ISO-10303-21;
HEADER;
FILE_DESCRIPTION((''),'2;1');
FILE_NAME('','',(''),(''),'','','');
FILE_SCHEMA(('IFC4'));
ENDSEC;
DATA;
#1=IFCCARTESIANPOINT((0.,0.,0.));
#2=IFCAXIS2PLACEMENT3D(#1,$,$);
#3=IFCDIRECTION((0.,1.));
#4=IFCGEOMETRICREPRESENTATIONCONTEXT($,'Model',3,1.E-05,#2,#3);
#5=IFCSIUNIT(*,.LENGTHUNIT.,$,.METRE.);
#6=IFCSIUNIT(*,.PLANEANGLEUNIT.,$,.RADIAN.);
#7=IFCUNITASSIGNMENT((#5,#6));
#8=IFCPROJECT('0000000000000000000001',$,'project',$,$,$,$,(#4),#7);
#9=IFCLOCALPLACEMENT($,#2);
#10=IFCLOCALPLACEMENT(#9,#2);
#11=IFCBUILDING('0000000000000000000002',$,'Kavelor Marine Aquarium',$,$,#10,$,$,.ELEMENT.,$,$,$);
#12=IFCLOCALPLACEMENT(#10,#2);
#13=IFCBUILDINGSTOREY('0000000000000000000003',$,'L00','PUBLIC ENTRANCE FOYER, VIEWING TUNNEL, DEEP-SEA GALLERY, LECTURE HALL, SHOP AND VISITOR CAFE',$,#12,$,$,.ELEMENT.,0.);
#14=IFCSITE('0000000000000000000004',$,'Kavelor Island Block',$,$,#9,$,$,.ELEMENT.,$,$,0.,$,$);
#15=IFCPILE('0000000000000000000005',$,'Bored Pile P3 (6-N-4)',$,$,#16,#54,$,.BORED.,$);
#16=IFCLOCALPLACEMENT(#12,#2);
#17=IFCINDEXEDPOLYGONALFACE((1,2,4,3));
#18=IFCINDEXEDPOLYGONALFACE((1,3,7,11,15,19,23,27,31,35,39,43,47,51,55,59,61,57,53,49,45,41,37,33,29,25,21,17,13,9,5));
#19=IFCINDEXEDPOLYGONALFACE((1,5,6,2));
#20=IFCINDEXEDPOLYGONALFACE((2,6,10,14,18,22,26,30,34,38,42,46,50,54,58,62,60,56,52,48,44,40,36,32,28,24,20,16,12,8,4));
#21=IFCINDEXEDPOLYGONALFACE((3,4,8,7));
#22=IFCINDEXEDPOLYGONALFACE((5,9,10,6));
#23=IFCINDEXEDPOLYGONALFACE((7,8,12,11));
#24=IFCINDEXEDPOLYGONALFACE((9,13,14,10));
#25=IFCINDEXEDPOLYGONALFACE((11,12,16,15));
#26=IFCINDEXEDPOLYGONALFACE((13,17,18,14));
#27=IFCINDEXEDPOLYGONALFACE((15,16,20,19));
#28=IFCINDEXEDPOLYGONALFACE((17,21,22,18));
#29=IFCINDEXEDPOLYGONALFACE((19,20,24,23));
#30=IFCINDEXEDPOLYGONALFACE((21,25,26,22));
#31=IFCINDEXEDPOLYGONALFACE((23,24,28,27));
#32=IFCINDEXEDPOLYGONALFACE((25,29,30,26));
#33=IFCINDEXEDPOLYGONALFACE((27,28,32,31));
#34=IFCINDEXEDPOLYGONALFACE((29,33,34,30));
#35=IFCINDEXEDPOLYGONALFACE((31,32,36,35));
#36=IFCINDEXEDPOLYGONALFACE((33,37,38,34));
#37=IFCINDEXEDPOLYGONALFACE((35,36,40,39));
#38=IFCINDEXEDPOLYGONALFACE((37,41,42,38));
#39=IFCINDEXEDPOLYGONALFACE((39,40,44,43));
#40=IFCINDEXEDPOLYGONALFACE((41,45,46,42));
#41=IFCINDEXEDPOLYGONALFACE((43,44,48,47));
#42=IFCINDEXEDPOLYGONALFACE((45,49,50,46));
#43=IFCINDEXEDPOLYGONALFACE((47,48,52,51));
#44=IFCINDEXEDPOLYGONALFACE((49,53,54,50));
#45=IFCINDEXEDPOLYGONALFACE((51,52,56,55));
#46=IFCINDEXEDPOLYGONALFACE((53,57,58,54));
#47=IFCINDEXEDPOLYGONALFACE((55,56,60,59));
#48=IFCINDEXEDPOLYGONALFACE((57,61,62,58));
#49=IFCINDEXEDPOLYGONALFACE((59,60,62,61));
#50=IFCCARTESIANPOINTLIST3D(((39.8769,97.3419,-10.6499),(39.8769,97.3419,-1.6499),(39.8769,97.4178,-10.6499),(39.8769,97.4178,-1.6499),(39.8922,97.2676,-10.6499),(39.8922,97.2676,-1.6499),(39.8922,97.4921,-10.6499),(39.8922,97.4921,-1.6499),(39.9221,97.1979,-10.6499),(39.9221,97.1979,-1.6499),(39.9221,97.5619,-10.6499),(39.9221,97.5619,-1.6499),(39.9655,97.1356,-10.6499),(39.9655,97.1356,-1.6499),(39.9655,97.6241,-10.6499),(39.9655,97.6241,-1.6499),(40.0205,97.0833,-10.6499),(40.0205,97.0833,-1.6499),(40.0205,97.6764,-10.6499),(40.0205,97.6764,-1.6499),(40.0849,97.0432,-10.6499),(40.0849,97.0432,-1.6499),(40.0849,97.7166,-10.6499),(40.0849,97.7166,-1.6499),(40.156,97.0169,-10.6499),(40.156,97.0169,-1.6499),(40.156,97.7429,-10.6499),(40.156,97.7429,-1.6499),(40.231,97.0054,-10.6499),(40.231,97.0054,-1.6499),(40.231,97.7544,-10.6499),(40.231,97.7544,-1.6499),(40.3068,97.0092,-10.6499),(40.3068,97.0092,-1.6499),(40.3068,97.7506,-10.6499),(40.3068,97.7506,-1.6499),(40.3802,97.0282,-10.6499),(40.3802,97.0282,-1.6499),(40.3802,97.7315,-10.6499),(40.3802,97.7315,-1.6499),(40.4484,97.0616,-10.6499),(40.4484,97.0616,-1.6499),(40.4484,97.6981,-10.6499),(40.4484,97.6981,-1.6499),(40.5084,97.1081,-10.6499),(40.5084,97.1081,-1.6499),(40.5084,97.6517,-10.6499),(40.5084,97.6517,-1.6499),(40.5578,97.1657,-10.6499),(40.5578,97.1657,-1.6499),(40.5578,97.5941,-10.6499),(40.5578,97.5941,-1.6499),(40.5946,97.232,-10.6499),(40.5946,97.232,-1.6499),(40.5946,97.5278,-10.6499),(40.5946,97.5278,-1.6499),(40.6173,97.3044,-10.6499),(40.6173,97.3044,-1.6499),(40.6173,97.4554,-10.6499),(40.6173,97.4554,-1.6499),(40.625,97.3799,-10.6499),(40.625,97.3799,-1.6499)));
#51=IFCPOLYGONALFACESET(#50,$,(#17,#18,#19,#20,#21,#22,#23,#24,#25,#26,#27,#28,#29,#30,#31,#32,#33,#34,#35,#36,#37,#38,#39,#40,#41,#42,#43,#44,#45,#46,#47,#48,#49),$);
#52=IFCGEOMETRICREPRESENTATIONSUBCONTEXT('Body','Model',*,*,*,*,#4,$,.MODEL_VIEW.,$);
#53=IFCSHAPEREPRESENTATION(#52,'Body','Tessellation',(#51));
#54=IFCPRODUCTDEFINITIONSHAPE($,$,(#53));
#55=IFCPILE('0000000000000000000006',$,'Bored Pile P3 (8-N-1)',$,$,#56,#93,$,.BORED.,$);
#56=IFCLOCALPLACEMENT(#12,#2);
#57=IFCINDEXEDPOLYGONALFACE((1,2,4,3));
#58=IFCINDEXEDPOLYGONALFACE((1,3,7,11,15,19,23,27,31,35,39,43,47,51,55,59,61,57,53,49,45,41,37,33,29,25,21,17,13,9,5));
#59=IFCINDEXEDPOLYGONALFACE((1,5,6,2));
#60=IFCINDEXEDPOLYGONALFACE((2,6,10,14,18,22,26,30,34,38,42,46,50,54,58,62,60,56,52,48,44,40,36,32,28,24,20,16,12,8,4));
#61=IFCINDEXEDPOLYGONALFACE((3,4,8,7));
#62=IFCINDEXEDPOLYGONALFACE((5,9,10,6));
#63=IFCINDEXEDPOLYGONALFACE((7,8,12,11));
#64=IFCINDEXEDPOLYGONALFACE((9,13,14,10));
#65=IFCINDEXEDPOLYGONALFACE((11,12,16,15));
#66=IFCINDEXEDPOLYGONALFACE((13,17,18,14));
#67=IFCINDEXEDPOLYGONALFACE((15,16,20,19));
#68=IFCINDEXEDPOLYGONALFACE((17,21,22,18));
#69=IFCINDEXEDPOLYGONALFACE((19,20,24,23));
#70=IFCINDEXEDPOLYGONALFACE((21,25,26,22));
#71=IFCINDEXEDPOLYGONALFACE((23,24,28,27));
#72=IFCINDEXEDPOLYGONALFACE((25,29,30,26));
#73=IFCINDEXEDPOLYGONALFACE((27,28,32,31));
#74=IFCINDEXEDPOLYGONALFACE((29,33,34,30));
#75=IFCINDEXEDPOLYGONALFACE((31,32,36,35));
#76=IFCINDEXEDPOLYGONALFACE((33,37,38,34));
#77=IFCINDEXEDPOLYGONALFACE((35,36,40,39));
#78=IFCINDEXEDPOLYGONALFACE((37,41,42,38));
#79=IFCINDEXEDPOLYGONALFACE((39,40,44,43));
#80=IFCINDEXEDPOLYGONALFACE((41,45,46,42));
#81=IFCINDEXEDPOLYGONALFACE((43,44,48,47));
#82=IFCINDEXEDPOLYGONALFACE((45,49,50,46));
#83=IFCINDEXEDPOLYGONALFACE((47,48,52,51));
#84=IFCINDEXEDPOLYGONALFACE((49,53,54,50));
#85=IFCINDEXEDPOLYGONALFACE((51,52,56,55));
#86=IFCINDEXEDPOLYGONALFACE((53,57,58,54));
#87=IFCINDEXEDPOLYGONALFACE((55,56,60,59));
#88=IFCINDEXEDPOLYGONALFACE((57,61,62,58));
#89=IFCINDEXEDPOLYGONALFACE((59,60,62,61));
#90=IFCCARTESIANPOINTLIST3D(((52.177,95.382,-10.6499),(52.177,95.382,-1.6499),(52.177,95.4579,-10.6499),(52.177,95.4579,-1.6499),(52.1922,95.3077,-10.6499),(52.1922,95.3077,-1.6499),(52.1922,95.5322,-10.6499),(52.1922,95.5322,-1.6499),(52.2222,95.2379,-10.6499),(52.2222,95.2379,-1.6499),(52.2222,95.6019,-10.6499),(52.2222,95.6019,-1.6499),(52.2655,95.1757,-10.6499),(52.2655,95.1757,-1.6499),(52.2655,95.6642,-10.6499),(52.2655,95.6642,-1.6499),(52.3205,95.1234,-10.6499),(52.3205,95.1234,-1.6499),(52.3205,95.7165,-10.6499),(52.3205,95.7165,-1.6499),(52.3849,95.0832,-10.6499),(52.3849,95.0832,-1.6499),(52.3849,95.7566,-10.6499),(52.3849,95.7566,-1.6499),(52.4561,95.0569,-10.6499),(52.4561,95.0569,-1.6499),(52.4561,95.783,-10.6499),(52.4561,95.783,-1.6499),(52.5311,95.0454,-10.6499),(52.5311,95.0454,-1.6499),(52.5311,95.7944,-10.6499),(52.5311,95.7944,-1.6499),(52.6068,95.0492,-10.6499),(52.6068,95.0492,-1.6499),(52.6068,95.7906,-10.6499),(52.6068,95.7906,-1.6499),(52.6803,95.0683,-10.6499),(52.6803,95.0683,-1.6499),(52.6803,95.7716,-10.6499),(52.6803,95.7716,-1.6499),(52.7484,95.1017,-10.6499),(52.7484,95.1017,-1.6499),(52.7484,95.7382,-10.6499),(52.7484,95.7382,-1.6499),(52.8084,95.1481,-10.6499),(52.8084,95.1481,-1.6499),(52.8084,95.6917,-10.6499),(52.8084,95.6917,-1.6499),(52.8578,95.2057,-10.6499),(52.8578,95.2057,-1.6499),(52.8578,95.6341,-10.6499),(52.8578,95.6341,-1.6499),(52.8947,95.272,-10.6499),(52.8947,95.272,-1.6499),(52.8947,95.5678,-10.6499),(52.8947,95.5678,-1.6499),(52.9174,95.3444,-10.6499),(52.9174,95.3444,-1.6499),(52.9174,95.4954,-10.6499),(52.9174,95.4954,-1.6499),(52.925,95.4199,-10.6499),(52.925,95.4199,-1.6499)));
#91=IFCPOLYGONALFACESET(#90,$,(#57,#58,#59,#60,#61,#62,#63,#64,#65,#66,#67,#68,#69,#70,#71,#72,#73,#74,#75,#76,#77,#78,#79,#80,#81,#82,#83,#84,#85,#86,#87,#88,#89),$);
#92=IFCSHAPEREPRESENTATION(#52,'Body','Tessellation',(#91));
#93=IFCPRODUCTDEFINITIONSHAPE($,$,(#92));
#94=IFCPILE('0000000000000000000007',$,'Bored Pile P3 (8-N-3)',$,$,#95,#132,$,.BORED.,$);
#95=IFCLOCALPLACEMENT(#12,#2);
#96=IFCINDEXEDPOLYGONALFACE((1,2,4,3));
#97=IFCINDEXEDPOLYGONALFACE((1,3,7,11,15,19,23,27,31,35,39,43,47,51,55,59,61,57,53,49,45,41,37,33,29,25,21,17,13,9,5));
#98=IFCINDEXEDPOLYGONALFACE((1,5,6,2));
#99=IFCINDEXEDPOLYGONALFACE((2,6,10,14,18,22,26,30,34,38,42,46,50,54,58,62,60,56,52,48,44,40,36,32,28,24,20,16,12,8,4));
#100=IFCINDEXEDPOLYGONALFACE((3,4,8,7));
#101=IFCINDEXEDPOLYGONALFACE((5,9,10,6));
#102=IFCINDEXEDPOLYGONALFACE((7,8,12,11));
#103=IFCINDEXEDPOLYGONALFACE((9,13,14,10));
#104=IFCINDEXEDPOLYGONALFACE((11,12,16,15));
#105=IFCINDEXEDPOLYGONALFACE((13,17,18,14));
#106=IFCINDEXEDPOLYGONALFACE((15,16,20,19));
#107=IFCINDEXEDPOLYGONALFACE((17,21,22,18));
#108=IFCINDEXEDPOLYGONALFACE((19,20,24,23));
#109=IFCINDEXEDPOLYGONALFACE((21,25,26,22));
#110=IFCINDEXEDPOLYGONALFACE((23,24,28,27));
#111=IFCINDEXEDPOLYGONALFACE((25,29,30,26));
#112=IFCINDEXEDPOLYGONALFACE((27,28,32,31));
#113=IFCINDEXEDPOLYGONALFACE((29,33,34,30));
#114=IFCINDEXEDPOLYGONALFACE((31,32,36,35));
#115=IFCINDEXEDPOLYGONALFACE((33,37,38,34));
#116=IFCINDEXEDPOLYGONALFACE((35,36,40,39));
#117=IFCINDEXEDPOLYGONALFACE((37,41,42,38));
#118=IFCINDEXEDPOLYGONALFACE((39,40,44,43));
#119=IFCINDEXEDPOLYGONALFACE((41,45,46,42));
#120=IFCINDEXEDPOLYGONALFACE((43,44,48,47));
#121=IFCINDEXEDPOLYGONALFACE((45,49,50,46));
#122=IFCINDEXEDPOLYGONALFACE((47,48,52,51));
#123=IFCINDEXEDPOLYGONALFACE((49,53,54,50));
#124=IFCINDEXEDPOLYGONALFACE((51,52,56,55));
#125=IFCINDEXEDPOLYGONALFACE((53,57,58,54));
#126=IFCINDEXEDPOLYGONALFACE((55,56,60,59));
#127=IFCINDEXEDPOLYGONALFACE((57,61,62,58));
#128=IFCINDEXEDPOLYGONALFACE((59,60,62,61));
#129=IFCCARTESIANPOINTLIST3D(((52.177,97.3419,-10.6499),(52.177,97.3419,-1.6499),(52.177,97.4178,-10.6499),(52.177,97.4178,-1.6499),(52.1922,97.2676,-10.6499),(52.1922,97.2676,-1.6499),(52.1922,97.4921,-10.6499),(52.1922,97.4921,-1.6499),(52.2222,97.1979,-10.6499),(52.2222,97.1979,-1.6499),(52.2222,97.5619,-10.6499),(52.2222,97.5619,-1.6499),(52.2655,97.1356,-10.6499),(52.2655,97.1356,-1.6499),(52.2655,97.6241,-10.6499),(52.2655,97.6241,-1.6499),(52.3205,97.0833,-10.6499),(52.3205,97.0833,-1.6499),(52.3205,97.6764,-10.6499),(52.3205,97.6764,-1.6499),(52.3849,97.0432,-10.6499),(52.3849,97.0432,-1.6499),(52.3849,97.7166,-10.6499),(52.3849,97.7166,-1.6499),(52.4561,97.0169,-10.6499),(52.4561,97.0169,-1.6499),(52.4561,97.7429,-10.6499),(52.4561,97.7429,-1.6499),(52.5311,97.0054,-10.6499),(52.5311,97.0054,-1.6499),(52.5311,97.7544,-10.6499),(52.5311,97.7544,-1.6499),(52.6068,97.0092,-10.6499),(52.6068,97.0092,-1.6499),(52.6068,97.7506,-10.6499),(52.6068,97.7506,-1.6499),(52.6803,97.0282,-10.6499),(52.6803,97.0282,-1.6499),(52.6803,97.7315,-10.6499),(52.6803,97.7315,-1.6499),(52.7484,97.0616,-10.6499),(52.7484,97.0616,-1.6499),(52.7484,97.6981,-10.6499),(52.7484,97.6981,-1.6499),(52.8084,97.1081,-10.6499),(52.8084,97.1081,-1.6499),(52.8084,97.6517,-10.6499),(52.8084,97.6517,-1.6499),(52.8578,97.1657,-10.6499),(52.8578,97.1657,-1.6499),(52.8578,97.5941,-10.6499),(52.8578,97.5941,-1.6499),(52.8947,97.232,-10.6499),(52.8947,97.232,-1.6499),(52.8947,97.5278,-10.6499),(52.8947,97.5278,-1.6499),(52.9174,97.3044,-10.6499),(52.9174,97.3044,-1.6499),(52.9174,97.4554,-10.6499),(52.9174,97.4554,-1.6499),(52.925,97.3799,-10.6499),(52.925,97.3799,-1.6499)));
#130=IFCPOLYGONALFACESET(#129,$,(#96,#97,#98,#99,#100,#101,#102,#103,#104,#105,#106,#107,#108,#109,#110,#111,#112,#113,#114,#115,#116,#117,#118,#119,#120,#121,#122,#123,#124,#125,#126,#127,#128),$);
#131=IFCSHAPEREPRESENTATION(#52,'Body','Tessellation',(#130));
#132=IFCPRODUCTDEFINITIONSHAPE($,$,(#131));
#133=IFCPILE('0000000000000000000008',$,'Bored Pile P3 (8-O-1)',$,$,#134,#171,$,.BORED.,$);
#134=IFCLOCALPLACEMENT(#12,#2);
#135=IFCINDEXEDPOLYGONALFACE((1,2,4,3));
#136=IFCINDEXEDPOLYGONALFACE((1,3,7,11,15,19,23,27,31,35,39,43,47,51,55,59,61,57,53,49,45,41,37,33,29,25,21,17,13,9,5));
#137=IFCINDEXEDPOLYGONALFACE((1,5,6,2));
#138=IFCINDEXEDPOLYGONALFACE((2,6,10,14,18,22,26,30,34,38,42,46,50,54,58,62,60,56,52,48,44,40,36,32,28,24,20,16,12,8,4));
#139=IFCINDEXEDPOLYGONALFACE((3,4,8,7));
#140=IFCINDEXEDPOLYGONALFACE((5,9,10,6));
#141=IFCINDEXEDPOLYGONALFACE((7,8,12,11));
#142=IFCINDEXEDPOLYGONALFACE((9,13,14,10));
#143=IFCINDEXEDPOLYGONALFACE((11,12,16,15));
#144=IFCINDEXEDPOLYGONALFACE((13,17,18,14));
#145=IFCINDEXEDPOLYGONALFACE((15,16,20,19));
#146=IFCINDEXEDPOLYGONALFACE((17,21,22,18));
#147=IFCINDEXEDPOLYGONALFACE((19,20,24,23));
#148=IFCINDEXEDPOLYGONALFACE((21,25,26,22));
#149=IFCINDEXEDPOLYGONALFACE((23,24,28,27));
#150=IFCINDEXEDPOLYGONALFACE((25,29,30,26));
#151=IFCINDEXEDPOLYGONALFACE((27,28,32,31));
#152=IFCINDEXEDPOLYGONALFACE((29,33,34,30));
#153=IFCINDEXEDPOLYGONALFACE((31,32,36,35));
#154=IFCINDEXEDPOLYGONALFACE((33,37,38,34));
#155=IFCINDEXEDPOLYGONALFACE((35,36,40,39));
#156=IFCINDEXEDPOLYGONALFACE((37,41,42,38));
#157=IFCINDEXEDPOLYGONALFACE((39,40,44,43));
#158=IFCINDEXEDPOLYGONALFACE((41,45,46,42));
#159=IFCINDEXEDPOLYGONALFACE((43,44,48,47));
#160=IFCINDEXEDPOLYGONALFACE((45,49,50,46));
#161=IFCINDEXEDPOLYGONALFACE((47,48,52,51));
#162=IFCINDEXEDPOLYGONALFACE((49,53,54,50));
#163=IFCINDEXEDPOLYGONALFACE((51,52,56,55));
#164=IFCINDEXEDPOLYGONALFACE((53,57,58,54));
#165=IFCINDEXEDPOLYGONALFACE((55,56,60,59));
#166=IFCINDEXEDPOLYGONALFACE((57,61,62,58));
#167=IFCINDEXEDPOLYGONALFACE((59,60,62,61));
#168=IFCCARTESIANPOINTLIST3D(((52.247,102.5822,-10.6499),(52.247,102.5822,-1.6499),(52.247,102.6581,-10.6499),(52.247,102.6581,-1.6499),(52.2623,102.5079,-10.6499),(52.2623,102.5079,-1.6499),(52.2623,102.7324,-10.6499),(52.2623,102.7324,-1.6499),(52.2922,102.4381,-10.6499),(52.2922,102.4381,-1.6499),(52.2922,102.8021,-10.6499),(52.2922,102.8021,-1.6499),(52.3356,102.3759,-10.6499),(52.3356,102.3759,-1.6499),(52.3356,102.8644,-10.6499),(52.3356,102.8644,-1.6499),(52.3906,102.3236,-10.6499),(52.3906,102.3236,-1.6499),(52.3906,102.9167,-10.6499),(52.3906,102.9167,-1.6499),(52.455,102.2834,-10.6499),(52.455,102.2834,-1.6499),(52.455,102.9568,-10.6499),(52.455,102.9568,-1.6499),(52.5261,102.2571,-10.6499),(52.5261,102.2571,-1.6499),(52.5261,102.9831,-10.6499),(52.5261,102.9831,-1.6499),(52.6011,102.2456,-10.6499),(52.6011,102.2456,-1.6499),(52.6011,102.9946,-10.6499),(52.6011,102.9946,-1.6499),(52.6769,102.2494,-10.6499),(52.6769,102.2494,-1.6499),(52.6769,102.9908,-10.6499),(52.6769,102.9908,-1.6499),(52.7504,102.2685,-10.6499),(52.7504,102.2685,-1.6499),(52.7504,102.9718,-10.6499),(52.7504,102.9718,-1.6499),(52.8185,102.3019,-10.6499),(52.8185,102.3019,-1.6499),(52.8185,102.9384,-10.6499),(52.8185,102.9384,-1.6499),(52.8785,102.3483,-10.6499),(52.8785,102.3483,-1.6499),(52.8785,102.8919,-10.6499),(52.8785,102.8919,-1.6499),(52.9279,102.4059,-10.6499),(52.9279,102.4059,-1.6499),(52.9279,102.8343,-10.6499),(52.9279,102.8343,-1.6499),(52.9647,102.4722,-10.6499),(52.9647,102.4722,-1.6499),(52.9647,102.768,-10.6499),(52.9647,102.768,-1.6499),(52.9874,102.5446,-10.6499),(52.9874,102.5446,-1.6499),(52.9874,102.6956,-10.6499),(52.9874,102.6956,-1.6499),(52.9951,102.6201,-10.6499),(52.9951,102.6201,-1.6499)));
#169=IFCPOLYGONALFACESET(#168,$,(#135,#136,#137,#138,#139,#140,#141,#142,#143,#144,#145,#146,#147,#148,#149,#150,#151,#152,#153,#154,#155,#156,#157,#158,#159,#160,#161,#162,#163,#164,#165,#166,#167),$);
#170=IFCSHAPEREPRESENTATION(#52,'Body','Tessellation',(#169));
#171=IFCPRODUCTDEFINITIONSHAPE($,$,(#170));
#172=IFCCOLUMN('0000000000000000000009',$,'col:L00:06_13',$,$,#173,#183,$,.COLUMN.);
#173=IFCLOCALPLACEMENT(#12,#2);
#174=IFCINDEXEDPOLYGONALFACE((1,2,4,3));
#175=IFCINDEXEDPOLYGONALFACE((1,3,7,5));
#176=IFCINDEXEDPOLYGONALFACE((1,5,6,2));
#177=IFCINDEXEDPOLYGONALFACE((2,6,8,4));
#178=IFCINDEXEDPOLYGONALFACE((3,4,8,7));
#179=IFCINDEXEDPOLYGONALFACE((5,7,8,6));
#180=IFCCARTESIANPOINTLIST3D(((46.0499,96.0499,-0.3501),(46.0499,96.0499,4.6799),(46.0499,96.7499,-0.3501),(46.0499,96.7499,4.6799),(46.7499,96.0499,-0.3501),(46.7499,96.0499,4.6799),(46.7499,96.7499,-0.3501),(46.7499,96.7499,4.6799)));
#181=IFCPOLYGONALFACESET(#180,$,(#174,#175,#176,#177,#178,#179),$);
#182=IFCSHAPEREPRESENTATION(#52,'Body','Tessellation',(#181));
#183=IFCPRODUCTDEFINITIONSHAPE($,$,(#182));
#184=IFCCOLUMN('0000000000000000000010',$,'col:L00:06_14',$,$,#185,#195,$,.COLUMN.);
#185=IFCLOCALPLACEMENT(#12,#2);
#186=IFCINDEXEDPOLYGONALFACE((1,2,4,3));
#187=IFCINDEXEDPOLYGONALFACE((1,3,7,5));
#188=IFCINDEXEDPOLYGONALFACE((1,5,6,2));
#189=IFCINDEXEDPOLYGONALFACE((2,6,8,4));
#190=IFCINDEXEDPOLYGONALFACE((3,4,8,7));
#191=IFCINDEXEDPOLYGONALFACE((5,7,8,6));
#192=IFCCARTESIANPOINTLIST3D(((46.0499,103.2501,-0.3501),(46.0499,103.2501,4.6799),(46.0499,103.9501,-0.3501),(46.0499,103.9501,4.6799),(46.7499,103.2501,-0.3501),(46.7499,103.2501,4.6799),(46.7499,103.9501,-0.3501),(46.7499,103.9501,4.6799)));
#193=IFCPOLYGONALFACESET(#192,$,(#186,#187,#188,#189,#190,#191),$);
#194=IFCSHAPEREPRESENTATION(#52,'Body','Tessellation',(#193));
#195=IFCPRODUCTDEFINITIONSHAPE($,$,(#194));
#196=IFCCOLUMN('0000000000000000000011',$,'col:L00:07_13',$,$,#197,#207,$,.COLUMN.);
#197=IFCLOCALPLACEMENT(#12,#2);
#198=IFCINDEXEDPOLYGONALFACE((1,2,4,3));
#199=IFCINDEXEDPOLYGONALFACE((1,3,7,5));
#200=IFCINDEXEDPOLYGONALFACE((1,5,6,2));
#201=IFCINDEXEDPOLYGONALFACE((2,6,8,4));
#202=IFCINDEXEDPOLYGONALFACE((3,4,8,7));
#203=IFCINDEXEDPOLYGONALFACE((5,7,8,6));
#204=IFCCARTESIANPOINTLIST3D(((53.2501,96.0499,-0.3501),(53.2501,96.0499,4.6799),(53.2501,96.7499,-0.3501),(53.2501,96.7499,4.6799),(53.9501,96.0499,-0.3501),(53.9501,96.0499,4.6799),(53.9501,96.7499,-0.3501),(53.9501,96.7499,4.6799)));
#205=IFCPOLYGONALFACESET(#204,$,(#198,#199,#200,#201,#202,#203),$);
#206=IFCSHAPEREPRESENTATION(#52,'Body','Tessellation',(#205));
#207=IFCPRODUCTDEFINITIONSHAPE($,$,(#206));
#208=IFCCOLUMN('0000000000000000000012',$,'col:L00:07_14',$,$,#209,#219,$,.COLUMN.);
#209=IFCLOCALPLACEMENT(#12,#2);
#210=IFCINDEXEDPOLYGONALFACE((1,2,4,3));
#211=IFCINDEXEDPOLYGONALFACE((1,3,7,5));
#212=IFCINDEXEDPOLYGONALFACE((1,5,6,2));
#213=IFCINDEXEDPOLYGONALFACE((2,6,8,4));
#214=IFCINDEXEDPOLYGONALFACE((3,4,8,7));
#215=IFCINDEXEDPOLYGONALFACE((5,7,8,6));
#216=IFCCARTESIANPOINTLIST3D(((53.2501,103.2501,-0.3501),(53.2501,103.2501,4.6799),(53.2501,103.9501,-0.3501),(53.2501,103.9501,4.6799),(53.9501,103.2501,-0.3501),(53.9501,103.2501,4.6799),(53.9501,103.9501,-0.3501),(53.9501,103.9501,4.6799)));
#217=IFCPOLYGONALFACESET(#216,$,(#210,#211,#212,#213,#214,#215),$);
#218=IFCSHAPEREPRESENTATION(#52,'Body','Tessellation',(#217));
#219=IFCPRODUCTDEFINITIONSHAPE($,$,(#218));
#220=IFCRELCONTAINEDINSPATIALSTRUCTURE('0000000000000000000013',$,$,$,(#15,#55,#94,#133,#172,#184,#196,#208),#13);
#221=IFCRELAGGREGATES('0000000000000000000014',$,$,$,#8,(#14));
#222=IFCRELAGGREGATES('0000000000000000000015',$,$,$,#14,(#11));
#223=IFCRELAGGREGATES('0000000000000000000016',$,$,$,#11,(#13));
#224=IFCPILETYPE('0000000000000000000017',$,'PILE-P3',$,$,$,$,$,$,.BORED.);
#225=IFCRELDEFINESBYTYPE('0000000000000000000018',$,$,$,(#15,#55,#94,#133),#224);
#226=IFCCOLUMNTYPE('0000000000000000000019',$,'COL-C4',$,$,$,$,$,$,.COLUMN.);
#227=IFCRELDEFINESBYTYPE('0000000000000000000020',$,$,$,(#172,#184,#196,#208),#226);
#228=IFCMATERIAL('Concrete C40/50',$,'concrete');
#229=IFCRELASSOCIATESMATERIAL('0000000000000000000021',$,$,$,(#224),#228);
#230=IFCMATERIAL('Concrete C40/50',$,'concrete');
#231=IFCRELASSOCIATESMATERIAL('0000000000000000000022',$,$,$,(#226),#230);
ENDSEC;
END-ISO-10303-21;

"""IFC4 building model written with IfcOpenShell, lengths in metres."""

from ifc_helpers import new_model, si_unit, direction, frame, origin, origin_2d, place, context, subcontext, project, spatial, rectangle, circle, extrude, material, material_profile, profile_set, type_object, element, save


model = new_model("IFC4")

# Units and contexts
model_context = context("Model", 3, precision=1e-05, world=origin(), true_north=direction((0.0, 1.0)))
body_context = subcontext(model_context, "Body", "Model", "MODEL_VIEW")
ifc_project = project(units=[si_unit("LENGTHUNIT", "METRE"), si_unit("PLANEANGLEUNIT", "RADIAN")], contexts=[model_context])

# Site, building, storey
site_placement = place(None, origin())
site = spatial("IfcSite", under=ifc_project, at=site_placement, Name="Kavelor Island Block", CompositionType="ELEMENT", RefElevation=0.0)
building_placement = place(site_placement, origin())
building = spatial("IfcBuilding", under=site, at=building_placement, Name="Kavelor Marine Aquarium", CompositionType="ELEMENT")
storey_placement = place(building_placement, origin())
storey = spatial("IfcBuildingStorey", under=building, at=storey_placement, Name="L00", Description="PUBLIC ENTRANCE FOYER, VIEWING TUNNEL, DEEP-SEA GALLERY, LECTURE HALL, SHOP AND VISITOR CAFE", CompositionType="ELEMENT", Elevation=0.0)

# Piles
ifc_material_1 = material(Name="Concrete C40/50", Category="concrete")
ifc_material_profile_1 = material_profile(ifc_material_1, circle(Radius=0.375, at=origin_2d()), Name="PILE D750")
ifc_profile_set_1 = profile_set([ifc_material_profile_1], Name="Concrete C40/50")
pile_type_1 = type_object("IfcPileType", Name="PILE-P3", PredefinedType="BORED", material=ifc_profile_set_1)
for number, where, z_axis, x_axis, name in (
    (1, (40.25, 97.3799, -1.6499), (0.0, 0.0, -1.0), (1.0, 0.0, 0.0), "Bored Pile P3 (6-N-4)"),
    (2, (52.55, 95.4199, -1.6499), (0.0, 0.0, -1.0), (1.0, 0.0, 0.0), "Bored Pile P3 (8-N-1)"),
    (3, (52.55, 97.3799, -1.6499), (0.0, 0.0, -1.0), (1.0, 0.0, 0.0), "Bored Pile P3 (8-N-3)"),
    (4, (52.6201, 102.6201, -1.6499), (0.0, 0.0, -1.0), (1.0, 0.0, 0.0), "Bored Pile P3 (8-O-1)"),
):
    element("IfcPile", number, at=place(storey_placement, frame(where, z_axis=z_axis, x_axis=x_axis)), inside=storey, type_object=pile_type_1, Name=name, PredefinedType="BORED", context=body_context, shape_type="SweptSolid", body=[
        extrude(circle(Radius=0.375, at=origin_2d()), origin(), (0.0, 0.0, 1.0), 9.0),
    ])

# Columns
ifc_material_2 = material(Name="Concrete C40/50", Category="concrete")
ifc_material_profile_2 = material_profile(ifc_material_2, rectangle(XDim=0.7, YDim=0.7, at=origin_2d()), Name="RC-COL 700x700")
ifc_profile_set_2 = profile_set([ifc_material_profile_2], Name="Concrete C40/50")
column_type = type_object("IfcColumnType", Name="COL-C4", PredefinedType="COLUMN", material=ifc_profile_set_2)
for number, where, z_axis, x_axis, name in (
    (5, (46.3999, 96.3999, -0.3501), (0.0, 0.0, 1.0), (1.0, 0.0, 0.0), "col:L00:06_13"),
    (6, (46.3999, 103.6001, -0.3501), (0.0, 0.0, 1.0), (1.0, 0.0, 0.0), "col:L00:06_14"),
    (7, (53.6001, 96.3999, -0.3501), (0.0, 0.0, 1.0), (1.0, 0.0, 0.0), "col:L00:07_13"),
    (8, (53.6001, 103.6001, -0.3501), (0.0, 0.0, 1.0), (1.0, 0.0, 0.0), "col:L00:07_14"),
):
    element("IfcColumn", number, at=place(storey_placement, frame(where, z_axis=z_axis, x_axis=x_axis)), inside=storey, type_object=column_type, Name=name, PredefinedType="COLUMN", context=body_context, shape_type="SweptSolid", body=[
        extrude(rectangle(XDim=0.7, YDim=0.7, at=origin_2d()), origin(), (0.0, 0.0, 1.0), 5.03),
    ])

save(model, "model.ifc")
